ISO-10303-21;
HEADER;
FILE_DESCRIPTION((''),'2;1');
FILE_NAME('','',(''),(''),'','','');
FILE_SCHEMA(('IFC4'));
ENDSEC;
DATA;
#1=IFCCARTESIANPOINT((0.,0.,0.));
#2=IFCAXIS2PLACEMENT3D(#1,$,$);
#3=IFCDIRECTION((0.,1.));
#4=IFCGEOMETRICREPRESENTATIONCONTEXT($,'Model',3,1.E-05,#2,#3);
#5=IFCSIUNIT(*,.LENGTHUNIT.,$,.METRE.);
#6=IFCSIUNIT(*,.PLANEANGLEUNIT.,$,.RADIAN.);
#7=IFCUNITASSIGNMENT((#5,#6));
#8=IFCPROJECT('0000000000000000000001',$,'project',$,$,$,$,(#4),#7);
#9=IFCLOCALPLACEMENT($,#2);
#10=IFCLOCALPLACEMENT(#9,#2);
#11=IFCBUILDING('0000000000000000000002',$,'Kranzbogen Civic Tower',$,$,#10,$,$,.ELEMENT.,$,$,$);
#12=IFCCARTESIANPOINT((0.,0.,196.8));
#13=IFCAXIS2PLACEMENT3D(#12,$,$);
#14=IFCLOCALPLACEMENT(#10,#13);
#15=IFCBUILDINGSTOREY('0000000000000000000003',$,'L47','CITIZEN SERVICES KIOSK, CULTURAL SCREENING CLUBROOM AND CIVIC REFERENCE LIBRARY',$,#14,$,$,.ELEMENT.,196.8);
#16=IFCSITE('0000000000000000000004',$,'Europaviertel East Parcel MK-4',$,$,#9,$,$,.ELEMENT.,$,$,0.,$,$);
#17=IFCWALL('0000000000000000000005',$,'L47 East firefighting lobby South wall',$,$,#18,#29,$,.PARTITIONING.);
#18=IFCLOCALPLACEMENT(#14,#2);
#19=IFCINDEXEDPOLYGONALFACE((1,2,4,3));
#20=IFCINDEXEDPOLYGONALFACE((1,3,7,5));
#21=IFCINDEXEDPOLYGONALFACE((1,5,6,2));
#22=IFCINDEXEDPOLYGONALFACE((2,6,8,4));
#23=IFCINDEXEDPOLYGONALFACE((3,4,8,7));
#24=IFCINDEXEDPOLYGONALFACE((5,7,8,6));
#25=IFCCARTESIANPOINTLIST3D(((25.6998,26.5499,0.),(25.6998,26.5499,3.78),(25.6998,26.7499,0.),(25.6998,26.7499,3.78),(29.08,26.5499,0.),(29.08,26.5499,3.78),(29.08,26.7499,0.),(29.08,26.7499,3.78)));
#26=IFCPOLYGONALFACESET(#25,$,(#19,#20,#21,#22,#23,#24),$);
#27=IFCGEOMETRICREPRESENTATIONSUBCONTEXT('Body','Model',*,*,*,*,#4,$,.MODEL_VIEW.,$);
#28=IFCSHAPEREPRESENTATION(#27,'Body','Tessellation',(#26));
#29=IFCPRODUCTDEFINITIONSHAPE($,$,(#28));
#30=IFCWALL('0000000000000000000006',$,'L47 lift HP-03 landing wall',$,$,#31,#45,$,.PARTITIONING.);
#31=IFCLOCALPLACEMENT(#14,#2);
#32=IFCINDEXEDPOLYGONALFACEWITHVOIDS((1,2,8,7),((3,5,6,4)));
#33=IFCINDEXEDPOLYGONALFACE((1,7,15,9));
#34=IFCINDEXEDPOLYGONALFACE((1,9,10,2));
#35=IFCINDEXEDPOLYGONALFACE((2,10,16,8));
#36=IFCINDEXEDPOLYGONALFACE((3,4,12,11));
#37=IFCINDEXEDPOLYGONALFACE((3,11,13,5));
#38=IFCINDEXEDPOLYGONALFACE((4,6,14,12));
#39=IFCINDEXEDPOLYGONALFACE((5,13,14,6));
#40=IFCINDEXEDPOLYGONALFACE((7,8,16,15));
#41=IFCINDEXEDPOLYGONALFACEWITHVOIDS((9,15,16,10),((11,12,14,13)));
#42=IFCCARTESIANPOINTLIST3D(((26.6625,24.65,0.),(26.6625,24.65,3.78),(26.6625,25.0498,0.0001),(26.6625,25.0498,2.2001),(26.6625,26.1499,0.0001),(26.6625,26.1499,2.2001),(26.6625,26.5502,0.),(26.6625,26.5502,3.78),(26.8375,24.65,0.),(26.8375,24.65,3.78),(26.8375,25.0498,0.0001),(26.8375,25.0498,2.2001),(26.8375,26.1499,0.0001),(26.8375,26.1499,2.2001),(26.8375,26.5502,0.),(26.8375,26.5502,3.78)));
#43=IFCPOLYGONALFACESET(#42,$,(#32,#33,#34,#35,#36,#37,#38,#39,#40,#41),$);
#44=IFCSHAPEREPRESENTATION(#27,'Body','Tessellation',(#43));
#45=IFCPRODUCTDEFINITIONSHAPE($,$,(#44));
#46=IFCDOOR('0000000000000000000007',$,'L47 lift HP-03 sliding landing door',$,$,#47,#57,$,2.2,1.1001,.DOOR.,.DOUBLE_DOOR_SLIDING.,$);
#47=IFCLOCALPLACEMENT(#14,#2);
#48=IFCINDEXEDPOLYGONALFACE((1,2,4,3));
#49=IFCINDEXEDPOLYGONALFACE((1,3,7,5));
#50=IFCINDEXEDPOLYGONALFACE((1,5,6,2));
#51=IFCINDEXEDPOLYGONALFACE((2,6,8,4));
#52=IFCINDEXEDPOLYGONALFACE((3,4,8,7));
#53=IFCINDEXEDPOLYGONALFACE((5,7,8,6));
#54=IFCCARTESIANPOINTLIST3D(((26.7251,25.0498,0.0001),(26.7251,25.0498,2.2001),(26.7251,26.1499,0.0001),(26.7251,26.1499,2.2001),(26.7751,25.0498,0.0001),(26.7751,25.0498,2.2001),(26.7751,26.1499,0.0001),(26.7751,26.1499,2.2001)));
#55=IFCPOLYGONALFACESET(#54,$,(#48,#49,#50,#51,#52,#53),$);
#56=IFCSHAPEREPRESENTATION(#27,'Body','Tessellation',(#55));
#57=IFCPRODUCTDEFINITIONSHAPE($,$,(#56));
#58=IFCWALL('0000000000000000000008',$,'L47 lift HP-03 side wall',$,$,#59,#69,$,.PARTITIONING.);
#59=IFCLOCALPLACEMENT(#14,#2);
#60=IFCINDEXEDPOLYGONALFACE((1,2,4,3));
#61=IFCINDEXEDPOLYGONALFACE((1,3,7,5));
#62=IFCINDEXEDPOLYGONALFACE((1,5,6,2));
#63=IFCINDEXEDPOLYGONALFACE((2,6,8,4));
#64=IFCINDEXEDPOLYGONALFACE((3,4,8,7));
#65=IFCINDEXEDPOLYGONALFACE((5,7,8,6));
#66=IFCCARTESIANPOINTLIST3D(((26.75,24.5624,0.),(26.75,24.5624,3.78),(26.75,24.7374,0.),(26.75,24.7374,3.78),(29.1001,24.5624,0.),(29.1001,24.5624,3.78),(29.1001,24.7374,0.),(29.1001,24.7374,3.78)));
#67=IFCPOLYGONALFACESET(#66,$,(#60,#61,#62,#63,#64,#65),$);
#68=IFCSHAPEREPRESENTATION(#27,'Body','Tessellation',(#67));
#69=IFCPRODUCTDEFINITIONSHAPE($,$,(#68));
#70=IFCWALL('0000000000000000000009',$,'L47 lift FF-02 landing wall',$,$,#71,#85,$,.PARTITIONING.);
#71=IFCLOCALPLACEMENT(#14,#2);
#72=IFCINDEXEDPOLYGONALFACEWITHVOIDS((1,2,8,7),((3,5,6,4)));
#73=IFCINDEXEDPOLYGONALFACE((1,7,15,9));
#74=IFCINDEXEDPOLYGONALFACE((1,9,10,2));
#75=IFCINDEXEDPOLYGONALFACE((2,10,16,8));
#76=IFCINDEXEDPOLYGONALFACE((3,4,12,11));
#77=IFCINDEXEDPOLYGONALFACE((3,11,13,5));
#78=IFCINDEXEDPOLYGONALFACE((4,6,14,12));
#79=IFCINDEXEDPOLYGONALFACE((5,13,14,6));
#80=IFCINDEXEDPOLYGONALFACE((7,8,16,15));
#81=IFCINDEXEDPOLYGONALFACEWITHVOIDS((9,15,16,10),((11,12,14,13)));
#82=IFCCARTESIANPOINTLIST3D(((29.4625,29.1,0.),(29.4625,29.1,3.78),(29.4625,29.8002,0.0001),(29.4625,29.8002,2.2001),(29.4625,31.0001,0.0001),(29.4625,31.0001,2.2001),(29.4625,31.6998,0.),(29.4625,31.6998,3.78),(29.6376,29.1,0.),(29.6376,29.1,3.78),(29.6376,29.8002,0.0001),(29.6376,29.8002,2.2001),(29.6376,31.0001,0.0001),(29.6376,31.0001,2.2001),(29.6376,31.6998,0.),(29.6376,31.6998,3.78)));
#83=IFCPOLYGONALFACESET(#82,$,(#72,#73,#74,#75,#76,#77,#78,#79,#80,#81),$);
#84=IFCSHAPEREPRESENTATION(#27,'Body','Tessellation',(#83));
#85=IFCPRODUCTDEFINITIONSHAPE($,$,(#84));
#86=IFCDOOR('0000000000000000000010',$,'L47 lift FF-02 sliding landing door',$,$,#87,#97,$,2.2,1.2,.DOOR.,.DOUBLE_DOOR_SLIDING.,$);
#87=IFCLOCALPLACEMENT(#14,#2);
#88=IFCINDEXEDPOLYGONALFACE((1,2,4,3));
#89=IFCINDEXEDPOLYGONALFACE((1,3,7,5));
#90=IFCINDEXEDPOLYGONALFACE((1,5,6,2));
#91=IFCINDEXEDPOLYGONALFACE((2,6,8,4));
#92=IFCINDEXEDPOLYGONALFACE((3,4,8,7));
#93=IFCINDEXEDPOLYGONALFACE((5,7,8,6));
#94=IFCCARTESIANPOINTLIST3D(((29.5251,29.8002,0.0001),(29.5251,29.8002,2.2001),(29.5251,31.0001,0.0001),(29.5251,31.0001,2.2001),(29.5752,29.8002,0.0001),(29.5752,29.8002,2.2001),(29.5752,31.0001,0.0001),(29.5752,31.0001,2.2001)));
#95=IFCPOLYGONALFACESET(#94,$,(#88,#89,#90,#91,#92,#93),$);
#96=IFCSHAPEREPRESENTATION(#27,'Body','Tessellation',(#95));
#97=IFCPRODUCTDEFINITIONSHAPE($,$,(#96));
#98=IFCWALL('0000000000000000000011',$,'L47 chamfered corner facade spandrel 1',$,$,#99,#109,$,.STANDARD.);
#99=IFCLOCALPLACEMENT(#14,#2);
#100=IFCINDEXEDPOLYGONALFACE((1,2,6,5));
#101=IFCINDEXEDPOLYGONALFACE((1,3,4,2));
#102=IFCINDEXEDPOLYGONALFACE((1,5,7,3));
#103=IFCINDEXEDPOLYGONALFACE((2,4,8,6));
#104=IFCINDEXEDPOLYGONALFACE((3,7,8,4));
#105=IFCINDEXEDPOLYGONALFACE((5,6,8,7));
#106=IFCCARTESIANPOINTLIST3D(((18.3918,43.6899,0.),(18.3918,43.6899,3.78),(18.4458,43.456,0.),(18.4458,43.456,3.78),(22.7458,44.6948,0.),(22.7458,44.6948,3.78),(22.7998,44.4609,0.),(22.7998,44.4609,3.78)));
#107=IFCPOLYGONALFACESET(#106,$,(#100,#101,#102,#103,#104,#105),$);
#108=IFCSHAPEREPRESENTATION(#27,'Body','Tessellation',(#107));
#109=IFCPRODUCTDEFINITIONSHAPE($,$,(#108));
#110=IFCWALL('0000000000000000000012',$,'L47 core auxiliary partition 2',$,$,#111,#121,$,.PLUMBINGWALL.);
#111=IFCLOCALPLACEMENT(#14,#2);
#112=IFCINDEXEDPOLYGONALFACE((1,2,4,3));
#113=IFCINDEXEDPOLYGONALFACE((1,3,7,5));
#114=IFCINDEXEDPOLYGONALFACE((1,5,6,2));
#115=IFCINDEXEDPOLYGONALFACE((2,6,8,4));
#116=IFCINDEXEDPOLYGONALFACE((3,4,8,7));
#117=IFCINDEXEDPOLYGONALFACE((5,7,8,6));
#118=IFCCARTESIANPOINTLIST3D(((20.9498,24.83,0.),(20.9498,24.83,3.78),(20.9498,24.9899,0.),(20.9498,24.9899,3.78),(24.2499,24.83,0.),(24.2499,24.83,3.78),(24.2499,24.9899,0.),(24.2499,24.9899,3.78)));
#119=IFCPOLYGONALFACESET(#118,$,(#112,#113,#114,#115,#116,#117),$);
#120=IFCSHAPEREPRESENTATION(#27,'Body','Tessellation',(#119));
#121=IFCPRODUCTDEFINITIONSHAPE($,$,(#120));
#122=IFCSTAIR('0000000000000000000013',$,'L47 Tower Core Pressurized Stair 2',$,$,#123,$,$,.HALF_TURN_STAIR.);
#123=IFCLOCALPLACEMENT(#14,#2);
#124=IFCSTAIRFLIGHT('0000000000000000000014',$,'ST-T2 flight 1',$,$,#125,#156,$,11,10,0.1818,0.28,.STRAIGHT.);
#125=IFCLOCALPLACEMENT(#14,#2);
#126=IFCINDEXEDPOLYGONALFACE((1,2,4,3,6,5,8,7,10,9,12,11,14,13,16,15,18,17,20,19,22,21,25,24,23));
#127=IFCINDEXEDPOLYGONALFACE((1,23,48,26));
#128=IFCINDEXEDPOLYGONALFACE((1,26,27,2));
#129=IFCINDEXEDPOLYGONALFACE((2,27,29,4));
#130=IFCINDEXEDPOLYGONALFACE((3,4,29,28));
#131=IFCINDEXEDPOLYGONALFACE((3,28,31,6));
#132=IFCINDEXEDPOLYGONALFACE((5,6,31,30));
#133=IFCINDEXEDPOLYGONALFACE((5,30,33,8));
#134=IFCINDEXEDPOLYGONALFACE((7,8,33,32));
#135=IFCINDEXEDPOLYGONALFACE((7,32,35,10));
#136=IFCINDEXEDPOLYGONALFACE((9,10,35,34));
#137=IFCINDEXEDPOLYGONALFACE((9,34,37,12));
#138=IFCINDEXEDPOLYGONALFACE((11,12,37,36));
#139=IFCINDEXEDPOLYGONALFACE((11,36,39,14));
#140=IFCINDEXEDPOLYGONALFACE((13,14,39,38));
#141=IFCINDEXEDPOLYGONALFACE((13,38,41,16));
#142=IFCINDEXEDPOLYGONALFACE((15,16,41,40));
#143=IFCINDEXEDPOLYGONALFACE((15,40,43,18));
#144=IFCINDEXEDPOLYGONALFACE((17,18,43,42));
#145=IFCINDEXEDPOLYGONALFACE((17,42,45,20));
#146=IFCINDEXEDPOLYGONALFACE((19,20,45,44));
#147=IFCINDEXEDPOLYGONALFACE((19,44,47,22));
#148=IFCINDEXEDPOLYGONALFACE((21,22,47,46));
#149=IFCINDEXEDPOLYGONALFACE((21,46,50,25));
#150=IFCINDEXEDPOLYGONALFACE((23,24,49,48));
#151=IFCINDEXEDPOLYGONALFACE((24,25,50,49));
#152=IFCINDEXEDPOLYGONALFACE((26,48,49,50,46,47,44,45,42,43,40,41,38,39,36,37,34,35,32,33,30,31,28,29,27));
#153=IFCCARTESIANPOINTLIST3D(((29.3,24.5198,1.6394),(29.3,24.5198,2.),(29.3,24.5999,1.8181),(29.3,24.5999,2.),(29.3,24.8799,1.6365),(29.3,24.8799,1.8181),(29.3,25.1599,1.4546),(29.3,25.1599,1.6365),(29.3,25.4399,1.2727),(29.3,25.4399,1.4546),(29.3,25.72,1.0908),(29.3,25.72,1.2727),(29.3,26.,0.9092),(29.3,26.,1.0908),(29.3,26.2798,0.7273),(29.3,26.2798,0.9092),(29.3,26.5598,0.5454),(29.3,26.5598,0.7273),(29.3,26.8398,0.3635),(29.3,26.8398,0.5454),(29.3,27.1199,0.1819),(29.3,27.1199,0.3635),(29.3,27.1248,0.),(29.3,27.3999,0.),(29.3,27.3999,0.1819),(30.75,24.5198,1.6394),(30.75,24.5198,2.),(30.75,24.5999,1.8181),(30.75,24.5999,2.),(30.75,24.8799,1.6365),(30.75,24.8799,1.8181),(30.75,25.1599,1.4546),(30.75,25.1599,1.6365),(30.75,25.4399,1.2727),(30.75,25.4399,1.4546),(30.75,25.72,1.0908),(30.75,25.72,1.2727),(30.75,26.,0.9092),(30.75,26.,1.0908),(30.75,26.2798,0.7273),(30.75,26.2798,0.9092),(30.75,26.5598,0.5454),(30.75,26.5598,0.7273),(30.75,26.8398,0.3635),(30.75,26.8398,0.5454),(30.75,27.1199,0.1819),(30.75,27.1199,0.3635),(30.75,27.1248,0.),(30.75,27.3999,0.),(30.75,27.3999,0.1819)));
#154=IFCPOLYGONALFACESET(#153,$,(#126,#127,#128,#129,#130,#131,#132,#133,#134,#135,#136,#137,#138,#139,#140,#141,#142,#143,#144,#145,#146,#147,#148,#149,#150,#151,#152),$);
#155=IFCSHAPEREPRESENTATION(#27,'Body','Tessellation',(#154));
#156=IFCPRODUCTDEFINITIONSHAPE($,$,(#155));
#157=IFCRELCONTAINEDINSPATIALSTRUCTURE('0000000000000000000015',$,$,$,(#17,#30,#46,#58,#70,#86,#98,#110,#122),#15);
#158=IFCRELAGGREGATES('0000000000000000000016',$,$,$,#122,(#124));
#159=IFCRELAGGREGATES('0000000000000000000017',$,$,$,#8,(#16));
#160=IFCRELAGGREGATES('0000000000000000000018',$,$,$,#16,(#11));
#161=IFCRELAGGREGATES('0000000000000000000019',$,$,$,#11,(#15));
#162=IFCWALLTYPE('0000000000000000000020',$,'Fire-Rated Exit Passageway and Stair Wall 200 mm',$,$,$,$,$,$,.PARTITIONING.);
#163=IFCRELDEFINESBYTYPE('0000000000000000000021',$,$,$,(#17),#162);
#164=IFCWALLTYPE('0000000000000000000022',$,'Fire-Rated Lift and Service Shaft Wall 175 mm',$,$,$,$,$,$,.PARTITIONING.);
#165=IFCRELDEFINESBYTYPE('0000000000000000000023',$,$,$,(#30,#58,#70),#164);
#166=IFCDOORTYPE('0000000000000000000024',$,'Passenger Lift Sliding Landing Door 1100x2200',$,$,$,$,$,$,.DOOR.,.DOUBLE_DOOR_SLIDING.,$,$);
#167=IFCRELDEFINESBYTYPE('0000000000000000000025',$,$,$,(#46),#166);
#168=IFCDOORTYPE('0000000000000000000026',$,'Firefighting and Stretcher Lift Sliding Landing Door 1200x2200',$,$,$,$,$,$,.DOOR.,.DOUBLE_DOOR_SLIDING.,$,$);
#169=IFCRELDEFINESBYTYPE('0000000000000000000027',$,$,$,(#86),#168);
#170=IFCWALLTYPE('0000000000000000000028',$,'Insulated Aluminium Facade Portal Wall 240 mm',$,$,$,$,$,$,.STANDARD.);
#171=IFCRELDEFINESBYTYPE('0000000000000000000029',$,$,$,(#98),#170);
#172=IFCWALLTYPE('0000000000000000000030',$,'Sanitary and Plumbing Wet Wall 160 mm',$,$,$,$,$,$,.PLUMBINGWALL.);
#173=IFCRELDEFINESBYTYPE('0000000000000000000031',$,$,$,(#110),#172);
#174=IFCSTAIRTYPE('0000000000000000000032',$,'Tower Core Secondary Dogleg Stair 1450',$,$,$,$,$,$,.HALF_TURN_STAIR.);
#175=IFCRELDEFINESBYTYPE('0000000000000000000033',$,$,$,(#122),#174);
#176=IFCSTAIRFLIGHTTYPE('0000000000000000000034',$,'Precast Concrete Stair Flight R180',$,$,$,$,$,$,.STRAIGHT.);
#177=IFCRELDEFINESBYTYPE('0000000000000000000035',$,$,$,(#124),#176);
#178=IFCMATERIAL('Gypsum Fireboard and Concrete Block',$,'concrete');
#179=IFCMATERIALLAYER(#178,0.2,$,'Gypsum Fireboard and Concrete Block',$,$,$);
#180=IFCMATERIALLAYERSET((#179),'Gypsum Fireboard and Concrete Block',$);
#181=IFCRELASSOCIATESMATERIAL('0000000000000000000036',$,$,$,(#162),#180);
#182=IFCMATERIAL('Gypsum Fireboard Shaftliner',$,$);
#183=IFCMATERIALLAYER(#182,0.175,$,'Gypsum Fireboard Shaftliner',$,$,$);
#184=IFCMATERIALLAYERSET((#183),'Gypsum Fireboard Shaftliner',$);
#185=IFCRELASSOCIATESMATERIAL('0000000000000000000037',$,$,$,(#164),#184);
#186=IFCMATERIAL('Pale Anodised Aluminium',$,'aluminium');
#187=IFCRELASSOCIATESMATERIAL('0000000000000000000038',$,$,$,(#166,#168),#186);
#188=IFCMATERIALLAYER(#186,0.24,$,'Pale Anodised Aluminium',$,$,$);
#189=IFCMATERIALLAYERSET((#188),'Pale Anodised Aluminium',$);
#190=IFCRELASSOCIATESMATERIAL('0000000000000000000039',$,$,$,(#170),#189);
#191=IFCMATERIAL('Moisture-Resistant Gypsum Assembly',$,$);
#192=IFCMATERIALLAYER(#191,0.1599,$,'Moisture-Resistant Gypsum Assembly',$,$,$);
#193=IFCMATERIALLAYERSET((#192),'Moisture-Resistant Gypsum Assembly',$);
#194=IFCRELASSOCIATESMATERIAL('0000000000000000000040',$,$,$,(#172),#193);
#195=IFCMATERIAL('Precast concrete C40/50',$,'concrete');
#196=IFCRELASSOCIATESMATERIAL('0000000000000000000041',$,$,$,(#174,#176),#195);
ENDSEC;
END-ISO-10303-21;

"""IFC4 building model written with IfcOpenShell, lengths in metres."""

from ifc_helpers import new_model, si_unit, direction, frame, frame_2d, origin, place, context, subcontext, project, spatial, polyline, rectangle, outline, extrude, material, layer, layer_set, type_object, element, fill, aggregate, save


model = new_model("IFC4")

# Units and contexts
model_context = context("Model", 3, precision=1e-05, world=origin(), true_north=direction((0.0, 1.0)))
body_context = subcontext(model_context, "Body", "Model", "MODEL_VIEW")
ifc_project = project(units=[si_unit("LENGTHUNIT", "METRE"), si_unit("PLANEANGLEUNIT", "RADIAN")], contexts=[model_context])

# Site, building, storey
site_placement = place(None, origin())
site = spatial("IfcSite", under=ifc_project, at=site_placement, Name="Europaviertel East Parcel MK-4", CompositionType="ELEMENT", RefElevation=0.0)
building_placement = place(site_placement, origin())
building = spatial("IfcBuilding", under=site, at=building_placement, Name="Kranzbogen Civic Tower", CompositionType="ELEMENT")
storey_placement = place(building_placement, frame((0.0, 0.0, 196.8)))
storey = spatial("IfcBuildingStorey", under=building, at=storey_placement, Name="L47", Description="CITIZEN SERVICES KIOSK, CULTURAL SCREENING CLUBROOM AND CIVIC REFERENCE LIBRARY", CompositionType="ELEMENT", Elevation=196.8)

# Shared definitions
ifc_material_1 = material(Name="Pale Anodised Aluminium", Category="aluminium")

# Wall
ifc_material_2 = material(Name="Gypsum Fireboard and Concrete Block", Category="concrete")
ifc_layer_1 = layer(ifc_material_2, 0.2, Name="Gypsum Fireboard and Concrete Block")
ifc_layer_set_1 = layer_set([ifc_layer_1], Name="Gypsum Fireboard and Concrete Block")
wall_type_1 = type_object("IfcWallType", Name="Fire-Rated Exit Passageway and Stair Wall 200 mm", PredefinedType="PARTITIONING", material=ifc_layer_set_1)
wall_1_placement = place(storey_placement, frame((25.7, 26.6499, 0.0), z_axis=(0.0, 0.0, 1.0), x_axis=(1.0, 0.0, 0.0)))
element("IfcWall", 1, at=wall_1_placement, inside=storey, type_object=wall_type_1, Name="L47 East firefighting lobby South wall", PredefinedType="PARTITIONING", context=body_context, shape_type="SweptSolid", body=[
    extrude(rectangle(XDim=3.3801, YDim=0.2, at=frame_2d((1.6899, 0.0))), origin(), (0.0, 0.0, 1.0), 3.78),
])

# Wall, opening, door
ifc_material_3 = material(Name="Gypsum Fireboard Shaftliner")
ifc_layer_2 = layer(ifc_material_3, 0.175, Name="Gypsum Fireboard Shaftliner")
ifc_layer_set_2 = layer_set([ifc_layer_2], Name="Gypsum Fireboard Shaftliner")
wall_type_2 = type_object("IfcWallType", Name="Fire-Rated Lift and Service Shaft Wall 175 mm", PredefinedType="PARTITIONING", material=ifc_layer_set_2)
wall_2_placement = place(storey_placement, frame((26.75, 24.6499, 0.0), z_axis=(0.0, 0.0, 1.0), x_axis=(0.0, 1.0, 0.0)))
wall_2 = element("IfcWall", 2, at=wall_2_placement, inside=storey, type_object=wall_type_2, Name="L47 lift HP-03 landing wall", PredefinedType="PARTITIONING", context=body_context, shape_type="SweptSolid", body=[
    extrude(rectangle(XDim=1.9001, YDim=0.175, at=frame_2d((0.9502, 0.0))), origin(), (0.0, 0.0, 1.0), 3.78),
])
opening_1_placement = place(wall_2_placement, frame((0.3999, 0.0, 0.0)))
opening_1 = element("IfcOpeningElement", 3, at=opening_1_placement, cuts=wall_2, PredefinedType="OPENING", context=body_context, shape_type="SweptSolid", body=[
    extrude(rectangle(XDim=1.1001, YDim=2.2, at=frame_2d((0.55, 1.1001))), frame((0.0, 0.0977, 0.0), z_axis=(0.0, -1.0, 0.0), x_axis=(1.0, 0.0, 0.0)), (0.0, 0.0, 1.0), 0.1951),
])
door_type_1 = type_object("IfcDoorType", Name="Passenger Lift Sliding Landing Door 1100x2200", OperationType="DOUBLE_DOOR_SLIDING", PredefinedType="DOOR", material=ifc_material_1)
door_1_placement = place(opening_1_placement, origin())
door_1 = element("IfcDoor", 4, at=door_1_placement, inside=storey, type_object=door_type_1, Name="L47 lift HP-03 sliding landing door", OperationType="DOUBLE_DOOR_SLIDING", OverallHeight=2.2, OverallWidth=1.1001, PredefinedType="DOOR", context=body_context, shape_type="SweptSolid", body=[
    extrude(rectangle(XDim=1.1001, YDim=2.2, at=frame_2d((0.55, 1.1001))), frame((0.0, 0.0249, 0.0), z_axis=(0.0, -1.0, 0.0), x_axis=(1.0, 0.0, 0.0)), (0.0, 0.0, 1.0), 0.05),
])
fill(opening_1, door_1)

# Wall
wall_3_placement = place(storey_placement, frame((26.75, 24.6499, 0.0), z_axis=(0.0, 0.0, 1.0), x_axis=(1.0, 0.0, 0.0)))
element("IfcWall", 5, at=wall_3_placement, inside=storey, type_object=wall_type_2, Name="L47 lift HP-03 side wall", PredefinedType="PARTITIONING", context=body_context, shape_type="SweptSolid", body=[
    extrude(rectangle(XDim=2.3501, YDim=0.175, at=frame_2d((1.175, 0.0))), origin(), (0.0, 0.0, 1.0), 3.78),
])

# Wall, opening, door
wall_4_placement = place(storey_placement, frame((29.55, 29.1001, 0.0), z_axis=(0.0, 0.0, 1.0), x_axis=(0.0, 1.0, 0.0)))
wall_4 = element("IfcWall", 6, at=wall_4_placement, inside=storey, type_object=wall_type_2, Name="L47 lift FF-02 landing wall", PredefinedType="PARTITIONING", context=body_context, shape_type="SweptSolid", body=[
    extrude(rectangle(XDim=2.5999, YDim=0.175, at=frame_2d((1.2998, 0.0))), origin(), (0.0, 0.0, 1.0), 3.78),
])
opening_2_placement = place(wall_4_placement, frame((0.7, 0.0, 0.0)))
opening_2 = element("IfcOpeningElement", 7, at=opening_2_placement, cuts=wall_4, PredefinedType="OPENING", context=body_context, shape_type="SweptSolid", body=[
    extrude(rectangle(XDim=1.2, YDim=2.2, at=frame_2d((0.6001, 1.1001))), frame((0.0, 0.0977, 0.0), z_axis=(0.0, -1.0, 0.0), x_axis=(1.0, 0.0, 0.0)), (0.0, 0.0, 1.0), 0.1951),
])
door_type_2 = type_object("IfcDoorType", Name="Firefighting and Stretcher Lift Sliding Landing Door 1200x2200", OperationType="DOUBLE_DOOR_SLIDING", PredefinedType="DOOR", material=ifc_material_1)
door_2_placement = place(opening_2_placement, origin())
door_2 = element("IfcDoor", 8, at=door_2_placement, inside=storey, type_object=door_type_2, Name="L47 lift FF-02 sliding landing door", OperationType="DOUBLE_DOOR_SLIDING", OverallHeight=2.2, OverallWidth=1.2, PredefinedType="DOOR", context=body_context, shape_type="SweptSolid", body=[
    extrude(rectangle(XDim=1.2, YDim=2.2, at=frame_2d((0.6001, 1.1001))), frame((0.0, 0.0249, 0.0), z_axis=(0.0, -1.0, 0.0), x_axis=(1.0, 0.0, 0.0)), (0.0, 0.0, 1.0), 0.05),
])
fill(opening_2, door_2)

# Walls
ifc_layer_3 = layer(ifc_material_1, 0.24, Name="Pale Anodised Aluminium")
ifc_layer_set_3 = layer_set([ifc_layer_3], Name="Pale Anodised Aluminium")
wall_type_3 = type_object("IfcWallType", Name="Insulated Aluminium Facade Portal Wall 240 mm", PredefinedType="STANDARD", material=ifc_layer_set_3)
wall_5_placement = place(storey_placement, frame((22.7729, 44.5779, 0.0), z_axis=(0.0, 0.0, 1.0), x_axis=(-0.974386, -0.224883, 0.0)))
element("IfcWall", 9, at=wall_5_placement, inside=storey, type_object=wall_type_3, Name="L47 chamfered corner facade spandrel 1", PredefinedType="STANDARD", context=body_context, shape_type="SweptSolid", body=[
    extrude(rectangle(XDim=4.4685, YDim=0.24, at=frame_2d((2.2344, 0.0))), origin(), (0.0, 0.0, 1.0), 3.78),
])
ifc_material_4 = material(Name="Moisture-Resistant Gypsum Assembly")
ifc_layer_4 = layer(ifc_material_4, 0.1599, Name="Moisture-Resistant Gypsum Assembly")
ifc_layer_set_4 = layer_set([ifc_layer_4], Name="Moisture-Resistant Gypsum Assembly")
wall_type_4 = type_object("IfcWallType", Name="Sanitary and Plumbing Wet Wall 160 mm", PredefinedType="PLUMBINGWALL", material=ifc_layer_set_4)
wall_6_placement = place(storey_placement, frame((20.95, 24.9099, 0.0), z_axis=(0.0, 0.0, 1.0), x_axis=(1.0, 0.0, 0.0)))
element("IfcWall", 10, at=wall_6_placement, inside=storey, type_object=wall_type_4, Name="L47 core auxiliary partition 2", PredefinedType="PLUMBINGWALL", context=body_context, shape_type="SweptSolid", body=[
    extrude(rectangle(XDim=3.3, YDim=0.1599, at=frame_2d((1.6499, 0.0))), origin(), (0.0, 0.0, 1.0), 3.78),
])

# Stair, stair flight
ifc_material_5 = material(Name="Precast concrete C40/50", Category="concrete")
stair_type = type_object("IfcStairType", Name="Tower Core Secondary Dogleg Stair 1450", PredefinedType="HALF_TURN_STAIR", material=ifc_material_5)
stair_placement = place(storey_placement, origin())
stair = element("IfcStair", 11, at=stair_placement, inside=storey, type_object=stair_type, Name="L47 Tower Core Pressurized Stair 2", PredefinedType="HALF_TURN_STAIR")
stair_flight_type = type_object("IfcStairFlightType", Name="Precast Concrete Stair Flight R180", PredefinedType="STRAIGHT", material=ifc_material_5)
stair_flight_placement = place(storey_placement, frame((30.0249, 27.3999, 0.0), z_axis=(0.0, 0.0, 1.0), x_axis=(0.0, -1.0, 0.0)))
stair_flight = element("IfcStairFlight", 12, at=stair_flight_placement, type_object=stair_flight_type, Name="ST-T2 flight 1", NumberOfRisers=11, NumberOfTreads=10, PredefinedType="STRAIGHT", RiserHeight=0.1818, TreadLength=0.28, context=body_context, shape_type="SweptSolid", body=[
    extrude(outline(polyline([(0.0, 0.0), (0.0, 0.1819), (0.28, 0.1819), (0.28, 0.3635), (0.5601, 0.3635), (0.5601, 0.5454), (0.8401, 0.5454), (0.8401, 0.7273), (1.1201, 0.7273), (1.1201, 0.9092), (1.3999, 0.9092), (1.3999, 1.0908), (1.6799, 1.0908), (1.6799, 1.2727), (1.96, 1.2727), (1.96, 1.4546), (2.24, 1.4546), (2.24, 1.6365), (2.52, 1.6365), (2.52, 1.8181), (2.8, 1.8181), (2.8, 2.0), (2.8801, 2.0), (2.8801, 1.6394), (0.2751, 0.0), (0.0, 0.0)])), frame((0.0, 0.7251, 0.0), z_axis=(0.0, -1.0, 0.0), x_axis=(1.0, 0.0, 0.0)), (0.0, 0.0, 1.0), 1.45),
])
aggregate(stair, [stair_flight])

save(model, "model.ifc")
